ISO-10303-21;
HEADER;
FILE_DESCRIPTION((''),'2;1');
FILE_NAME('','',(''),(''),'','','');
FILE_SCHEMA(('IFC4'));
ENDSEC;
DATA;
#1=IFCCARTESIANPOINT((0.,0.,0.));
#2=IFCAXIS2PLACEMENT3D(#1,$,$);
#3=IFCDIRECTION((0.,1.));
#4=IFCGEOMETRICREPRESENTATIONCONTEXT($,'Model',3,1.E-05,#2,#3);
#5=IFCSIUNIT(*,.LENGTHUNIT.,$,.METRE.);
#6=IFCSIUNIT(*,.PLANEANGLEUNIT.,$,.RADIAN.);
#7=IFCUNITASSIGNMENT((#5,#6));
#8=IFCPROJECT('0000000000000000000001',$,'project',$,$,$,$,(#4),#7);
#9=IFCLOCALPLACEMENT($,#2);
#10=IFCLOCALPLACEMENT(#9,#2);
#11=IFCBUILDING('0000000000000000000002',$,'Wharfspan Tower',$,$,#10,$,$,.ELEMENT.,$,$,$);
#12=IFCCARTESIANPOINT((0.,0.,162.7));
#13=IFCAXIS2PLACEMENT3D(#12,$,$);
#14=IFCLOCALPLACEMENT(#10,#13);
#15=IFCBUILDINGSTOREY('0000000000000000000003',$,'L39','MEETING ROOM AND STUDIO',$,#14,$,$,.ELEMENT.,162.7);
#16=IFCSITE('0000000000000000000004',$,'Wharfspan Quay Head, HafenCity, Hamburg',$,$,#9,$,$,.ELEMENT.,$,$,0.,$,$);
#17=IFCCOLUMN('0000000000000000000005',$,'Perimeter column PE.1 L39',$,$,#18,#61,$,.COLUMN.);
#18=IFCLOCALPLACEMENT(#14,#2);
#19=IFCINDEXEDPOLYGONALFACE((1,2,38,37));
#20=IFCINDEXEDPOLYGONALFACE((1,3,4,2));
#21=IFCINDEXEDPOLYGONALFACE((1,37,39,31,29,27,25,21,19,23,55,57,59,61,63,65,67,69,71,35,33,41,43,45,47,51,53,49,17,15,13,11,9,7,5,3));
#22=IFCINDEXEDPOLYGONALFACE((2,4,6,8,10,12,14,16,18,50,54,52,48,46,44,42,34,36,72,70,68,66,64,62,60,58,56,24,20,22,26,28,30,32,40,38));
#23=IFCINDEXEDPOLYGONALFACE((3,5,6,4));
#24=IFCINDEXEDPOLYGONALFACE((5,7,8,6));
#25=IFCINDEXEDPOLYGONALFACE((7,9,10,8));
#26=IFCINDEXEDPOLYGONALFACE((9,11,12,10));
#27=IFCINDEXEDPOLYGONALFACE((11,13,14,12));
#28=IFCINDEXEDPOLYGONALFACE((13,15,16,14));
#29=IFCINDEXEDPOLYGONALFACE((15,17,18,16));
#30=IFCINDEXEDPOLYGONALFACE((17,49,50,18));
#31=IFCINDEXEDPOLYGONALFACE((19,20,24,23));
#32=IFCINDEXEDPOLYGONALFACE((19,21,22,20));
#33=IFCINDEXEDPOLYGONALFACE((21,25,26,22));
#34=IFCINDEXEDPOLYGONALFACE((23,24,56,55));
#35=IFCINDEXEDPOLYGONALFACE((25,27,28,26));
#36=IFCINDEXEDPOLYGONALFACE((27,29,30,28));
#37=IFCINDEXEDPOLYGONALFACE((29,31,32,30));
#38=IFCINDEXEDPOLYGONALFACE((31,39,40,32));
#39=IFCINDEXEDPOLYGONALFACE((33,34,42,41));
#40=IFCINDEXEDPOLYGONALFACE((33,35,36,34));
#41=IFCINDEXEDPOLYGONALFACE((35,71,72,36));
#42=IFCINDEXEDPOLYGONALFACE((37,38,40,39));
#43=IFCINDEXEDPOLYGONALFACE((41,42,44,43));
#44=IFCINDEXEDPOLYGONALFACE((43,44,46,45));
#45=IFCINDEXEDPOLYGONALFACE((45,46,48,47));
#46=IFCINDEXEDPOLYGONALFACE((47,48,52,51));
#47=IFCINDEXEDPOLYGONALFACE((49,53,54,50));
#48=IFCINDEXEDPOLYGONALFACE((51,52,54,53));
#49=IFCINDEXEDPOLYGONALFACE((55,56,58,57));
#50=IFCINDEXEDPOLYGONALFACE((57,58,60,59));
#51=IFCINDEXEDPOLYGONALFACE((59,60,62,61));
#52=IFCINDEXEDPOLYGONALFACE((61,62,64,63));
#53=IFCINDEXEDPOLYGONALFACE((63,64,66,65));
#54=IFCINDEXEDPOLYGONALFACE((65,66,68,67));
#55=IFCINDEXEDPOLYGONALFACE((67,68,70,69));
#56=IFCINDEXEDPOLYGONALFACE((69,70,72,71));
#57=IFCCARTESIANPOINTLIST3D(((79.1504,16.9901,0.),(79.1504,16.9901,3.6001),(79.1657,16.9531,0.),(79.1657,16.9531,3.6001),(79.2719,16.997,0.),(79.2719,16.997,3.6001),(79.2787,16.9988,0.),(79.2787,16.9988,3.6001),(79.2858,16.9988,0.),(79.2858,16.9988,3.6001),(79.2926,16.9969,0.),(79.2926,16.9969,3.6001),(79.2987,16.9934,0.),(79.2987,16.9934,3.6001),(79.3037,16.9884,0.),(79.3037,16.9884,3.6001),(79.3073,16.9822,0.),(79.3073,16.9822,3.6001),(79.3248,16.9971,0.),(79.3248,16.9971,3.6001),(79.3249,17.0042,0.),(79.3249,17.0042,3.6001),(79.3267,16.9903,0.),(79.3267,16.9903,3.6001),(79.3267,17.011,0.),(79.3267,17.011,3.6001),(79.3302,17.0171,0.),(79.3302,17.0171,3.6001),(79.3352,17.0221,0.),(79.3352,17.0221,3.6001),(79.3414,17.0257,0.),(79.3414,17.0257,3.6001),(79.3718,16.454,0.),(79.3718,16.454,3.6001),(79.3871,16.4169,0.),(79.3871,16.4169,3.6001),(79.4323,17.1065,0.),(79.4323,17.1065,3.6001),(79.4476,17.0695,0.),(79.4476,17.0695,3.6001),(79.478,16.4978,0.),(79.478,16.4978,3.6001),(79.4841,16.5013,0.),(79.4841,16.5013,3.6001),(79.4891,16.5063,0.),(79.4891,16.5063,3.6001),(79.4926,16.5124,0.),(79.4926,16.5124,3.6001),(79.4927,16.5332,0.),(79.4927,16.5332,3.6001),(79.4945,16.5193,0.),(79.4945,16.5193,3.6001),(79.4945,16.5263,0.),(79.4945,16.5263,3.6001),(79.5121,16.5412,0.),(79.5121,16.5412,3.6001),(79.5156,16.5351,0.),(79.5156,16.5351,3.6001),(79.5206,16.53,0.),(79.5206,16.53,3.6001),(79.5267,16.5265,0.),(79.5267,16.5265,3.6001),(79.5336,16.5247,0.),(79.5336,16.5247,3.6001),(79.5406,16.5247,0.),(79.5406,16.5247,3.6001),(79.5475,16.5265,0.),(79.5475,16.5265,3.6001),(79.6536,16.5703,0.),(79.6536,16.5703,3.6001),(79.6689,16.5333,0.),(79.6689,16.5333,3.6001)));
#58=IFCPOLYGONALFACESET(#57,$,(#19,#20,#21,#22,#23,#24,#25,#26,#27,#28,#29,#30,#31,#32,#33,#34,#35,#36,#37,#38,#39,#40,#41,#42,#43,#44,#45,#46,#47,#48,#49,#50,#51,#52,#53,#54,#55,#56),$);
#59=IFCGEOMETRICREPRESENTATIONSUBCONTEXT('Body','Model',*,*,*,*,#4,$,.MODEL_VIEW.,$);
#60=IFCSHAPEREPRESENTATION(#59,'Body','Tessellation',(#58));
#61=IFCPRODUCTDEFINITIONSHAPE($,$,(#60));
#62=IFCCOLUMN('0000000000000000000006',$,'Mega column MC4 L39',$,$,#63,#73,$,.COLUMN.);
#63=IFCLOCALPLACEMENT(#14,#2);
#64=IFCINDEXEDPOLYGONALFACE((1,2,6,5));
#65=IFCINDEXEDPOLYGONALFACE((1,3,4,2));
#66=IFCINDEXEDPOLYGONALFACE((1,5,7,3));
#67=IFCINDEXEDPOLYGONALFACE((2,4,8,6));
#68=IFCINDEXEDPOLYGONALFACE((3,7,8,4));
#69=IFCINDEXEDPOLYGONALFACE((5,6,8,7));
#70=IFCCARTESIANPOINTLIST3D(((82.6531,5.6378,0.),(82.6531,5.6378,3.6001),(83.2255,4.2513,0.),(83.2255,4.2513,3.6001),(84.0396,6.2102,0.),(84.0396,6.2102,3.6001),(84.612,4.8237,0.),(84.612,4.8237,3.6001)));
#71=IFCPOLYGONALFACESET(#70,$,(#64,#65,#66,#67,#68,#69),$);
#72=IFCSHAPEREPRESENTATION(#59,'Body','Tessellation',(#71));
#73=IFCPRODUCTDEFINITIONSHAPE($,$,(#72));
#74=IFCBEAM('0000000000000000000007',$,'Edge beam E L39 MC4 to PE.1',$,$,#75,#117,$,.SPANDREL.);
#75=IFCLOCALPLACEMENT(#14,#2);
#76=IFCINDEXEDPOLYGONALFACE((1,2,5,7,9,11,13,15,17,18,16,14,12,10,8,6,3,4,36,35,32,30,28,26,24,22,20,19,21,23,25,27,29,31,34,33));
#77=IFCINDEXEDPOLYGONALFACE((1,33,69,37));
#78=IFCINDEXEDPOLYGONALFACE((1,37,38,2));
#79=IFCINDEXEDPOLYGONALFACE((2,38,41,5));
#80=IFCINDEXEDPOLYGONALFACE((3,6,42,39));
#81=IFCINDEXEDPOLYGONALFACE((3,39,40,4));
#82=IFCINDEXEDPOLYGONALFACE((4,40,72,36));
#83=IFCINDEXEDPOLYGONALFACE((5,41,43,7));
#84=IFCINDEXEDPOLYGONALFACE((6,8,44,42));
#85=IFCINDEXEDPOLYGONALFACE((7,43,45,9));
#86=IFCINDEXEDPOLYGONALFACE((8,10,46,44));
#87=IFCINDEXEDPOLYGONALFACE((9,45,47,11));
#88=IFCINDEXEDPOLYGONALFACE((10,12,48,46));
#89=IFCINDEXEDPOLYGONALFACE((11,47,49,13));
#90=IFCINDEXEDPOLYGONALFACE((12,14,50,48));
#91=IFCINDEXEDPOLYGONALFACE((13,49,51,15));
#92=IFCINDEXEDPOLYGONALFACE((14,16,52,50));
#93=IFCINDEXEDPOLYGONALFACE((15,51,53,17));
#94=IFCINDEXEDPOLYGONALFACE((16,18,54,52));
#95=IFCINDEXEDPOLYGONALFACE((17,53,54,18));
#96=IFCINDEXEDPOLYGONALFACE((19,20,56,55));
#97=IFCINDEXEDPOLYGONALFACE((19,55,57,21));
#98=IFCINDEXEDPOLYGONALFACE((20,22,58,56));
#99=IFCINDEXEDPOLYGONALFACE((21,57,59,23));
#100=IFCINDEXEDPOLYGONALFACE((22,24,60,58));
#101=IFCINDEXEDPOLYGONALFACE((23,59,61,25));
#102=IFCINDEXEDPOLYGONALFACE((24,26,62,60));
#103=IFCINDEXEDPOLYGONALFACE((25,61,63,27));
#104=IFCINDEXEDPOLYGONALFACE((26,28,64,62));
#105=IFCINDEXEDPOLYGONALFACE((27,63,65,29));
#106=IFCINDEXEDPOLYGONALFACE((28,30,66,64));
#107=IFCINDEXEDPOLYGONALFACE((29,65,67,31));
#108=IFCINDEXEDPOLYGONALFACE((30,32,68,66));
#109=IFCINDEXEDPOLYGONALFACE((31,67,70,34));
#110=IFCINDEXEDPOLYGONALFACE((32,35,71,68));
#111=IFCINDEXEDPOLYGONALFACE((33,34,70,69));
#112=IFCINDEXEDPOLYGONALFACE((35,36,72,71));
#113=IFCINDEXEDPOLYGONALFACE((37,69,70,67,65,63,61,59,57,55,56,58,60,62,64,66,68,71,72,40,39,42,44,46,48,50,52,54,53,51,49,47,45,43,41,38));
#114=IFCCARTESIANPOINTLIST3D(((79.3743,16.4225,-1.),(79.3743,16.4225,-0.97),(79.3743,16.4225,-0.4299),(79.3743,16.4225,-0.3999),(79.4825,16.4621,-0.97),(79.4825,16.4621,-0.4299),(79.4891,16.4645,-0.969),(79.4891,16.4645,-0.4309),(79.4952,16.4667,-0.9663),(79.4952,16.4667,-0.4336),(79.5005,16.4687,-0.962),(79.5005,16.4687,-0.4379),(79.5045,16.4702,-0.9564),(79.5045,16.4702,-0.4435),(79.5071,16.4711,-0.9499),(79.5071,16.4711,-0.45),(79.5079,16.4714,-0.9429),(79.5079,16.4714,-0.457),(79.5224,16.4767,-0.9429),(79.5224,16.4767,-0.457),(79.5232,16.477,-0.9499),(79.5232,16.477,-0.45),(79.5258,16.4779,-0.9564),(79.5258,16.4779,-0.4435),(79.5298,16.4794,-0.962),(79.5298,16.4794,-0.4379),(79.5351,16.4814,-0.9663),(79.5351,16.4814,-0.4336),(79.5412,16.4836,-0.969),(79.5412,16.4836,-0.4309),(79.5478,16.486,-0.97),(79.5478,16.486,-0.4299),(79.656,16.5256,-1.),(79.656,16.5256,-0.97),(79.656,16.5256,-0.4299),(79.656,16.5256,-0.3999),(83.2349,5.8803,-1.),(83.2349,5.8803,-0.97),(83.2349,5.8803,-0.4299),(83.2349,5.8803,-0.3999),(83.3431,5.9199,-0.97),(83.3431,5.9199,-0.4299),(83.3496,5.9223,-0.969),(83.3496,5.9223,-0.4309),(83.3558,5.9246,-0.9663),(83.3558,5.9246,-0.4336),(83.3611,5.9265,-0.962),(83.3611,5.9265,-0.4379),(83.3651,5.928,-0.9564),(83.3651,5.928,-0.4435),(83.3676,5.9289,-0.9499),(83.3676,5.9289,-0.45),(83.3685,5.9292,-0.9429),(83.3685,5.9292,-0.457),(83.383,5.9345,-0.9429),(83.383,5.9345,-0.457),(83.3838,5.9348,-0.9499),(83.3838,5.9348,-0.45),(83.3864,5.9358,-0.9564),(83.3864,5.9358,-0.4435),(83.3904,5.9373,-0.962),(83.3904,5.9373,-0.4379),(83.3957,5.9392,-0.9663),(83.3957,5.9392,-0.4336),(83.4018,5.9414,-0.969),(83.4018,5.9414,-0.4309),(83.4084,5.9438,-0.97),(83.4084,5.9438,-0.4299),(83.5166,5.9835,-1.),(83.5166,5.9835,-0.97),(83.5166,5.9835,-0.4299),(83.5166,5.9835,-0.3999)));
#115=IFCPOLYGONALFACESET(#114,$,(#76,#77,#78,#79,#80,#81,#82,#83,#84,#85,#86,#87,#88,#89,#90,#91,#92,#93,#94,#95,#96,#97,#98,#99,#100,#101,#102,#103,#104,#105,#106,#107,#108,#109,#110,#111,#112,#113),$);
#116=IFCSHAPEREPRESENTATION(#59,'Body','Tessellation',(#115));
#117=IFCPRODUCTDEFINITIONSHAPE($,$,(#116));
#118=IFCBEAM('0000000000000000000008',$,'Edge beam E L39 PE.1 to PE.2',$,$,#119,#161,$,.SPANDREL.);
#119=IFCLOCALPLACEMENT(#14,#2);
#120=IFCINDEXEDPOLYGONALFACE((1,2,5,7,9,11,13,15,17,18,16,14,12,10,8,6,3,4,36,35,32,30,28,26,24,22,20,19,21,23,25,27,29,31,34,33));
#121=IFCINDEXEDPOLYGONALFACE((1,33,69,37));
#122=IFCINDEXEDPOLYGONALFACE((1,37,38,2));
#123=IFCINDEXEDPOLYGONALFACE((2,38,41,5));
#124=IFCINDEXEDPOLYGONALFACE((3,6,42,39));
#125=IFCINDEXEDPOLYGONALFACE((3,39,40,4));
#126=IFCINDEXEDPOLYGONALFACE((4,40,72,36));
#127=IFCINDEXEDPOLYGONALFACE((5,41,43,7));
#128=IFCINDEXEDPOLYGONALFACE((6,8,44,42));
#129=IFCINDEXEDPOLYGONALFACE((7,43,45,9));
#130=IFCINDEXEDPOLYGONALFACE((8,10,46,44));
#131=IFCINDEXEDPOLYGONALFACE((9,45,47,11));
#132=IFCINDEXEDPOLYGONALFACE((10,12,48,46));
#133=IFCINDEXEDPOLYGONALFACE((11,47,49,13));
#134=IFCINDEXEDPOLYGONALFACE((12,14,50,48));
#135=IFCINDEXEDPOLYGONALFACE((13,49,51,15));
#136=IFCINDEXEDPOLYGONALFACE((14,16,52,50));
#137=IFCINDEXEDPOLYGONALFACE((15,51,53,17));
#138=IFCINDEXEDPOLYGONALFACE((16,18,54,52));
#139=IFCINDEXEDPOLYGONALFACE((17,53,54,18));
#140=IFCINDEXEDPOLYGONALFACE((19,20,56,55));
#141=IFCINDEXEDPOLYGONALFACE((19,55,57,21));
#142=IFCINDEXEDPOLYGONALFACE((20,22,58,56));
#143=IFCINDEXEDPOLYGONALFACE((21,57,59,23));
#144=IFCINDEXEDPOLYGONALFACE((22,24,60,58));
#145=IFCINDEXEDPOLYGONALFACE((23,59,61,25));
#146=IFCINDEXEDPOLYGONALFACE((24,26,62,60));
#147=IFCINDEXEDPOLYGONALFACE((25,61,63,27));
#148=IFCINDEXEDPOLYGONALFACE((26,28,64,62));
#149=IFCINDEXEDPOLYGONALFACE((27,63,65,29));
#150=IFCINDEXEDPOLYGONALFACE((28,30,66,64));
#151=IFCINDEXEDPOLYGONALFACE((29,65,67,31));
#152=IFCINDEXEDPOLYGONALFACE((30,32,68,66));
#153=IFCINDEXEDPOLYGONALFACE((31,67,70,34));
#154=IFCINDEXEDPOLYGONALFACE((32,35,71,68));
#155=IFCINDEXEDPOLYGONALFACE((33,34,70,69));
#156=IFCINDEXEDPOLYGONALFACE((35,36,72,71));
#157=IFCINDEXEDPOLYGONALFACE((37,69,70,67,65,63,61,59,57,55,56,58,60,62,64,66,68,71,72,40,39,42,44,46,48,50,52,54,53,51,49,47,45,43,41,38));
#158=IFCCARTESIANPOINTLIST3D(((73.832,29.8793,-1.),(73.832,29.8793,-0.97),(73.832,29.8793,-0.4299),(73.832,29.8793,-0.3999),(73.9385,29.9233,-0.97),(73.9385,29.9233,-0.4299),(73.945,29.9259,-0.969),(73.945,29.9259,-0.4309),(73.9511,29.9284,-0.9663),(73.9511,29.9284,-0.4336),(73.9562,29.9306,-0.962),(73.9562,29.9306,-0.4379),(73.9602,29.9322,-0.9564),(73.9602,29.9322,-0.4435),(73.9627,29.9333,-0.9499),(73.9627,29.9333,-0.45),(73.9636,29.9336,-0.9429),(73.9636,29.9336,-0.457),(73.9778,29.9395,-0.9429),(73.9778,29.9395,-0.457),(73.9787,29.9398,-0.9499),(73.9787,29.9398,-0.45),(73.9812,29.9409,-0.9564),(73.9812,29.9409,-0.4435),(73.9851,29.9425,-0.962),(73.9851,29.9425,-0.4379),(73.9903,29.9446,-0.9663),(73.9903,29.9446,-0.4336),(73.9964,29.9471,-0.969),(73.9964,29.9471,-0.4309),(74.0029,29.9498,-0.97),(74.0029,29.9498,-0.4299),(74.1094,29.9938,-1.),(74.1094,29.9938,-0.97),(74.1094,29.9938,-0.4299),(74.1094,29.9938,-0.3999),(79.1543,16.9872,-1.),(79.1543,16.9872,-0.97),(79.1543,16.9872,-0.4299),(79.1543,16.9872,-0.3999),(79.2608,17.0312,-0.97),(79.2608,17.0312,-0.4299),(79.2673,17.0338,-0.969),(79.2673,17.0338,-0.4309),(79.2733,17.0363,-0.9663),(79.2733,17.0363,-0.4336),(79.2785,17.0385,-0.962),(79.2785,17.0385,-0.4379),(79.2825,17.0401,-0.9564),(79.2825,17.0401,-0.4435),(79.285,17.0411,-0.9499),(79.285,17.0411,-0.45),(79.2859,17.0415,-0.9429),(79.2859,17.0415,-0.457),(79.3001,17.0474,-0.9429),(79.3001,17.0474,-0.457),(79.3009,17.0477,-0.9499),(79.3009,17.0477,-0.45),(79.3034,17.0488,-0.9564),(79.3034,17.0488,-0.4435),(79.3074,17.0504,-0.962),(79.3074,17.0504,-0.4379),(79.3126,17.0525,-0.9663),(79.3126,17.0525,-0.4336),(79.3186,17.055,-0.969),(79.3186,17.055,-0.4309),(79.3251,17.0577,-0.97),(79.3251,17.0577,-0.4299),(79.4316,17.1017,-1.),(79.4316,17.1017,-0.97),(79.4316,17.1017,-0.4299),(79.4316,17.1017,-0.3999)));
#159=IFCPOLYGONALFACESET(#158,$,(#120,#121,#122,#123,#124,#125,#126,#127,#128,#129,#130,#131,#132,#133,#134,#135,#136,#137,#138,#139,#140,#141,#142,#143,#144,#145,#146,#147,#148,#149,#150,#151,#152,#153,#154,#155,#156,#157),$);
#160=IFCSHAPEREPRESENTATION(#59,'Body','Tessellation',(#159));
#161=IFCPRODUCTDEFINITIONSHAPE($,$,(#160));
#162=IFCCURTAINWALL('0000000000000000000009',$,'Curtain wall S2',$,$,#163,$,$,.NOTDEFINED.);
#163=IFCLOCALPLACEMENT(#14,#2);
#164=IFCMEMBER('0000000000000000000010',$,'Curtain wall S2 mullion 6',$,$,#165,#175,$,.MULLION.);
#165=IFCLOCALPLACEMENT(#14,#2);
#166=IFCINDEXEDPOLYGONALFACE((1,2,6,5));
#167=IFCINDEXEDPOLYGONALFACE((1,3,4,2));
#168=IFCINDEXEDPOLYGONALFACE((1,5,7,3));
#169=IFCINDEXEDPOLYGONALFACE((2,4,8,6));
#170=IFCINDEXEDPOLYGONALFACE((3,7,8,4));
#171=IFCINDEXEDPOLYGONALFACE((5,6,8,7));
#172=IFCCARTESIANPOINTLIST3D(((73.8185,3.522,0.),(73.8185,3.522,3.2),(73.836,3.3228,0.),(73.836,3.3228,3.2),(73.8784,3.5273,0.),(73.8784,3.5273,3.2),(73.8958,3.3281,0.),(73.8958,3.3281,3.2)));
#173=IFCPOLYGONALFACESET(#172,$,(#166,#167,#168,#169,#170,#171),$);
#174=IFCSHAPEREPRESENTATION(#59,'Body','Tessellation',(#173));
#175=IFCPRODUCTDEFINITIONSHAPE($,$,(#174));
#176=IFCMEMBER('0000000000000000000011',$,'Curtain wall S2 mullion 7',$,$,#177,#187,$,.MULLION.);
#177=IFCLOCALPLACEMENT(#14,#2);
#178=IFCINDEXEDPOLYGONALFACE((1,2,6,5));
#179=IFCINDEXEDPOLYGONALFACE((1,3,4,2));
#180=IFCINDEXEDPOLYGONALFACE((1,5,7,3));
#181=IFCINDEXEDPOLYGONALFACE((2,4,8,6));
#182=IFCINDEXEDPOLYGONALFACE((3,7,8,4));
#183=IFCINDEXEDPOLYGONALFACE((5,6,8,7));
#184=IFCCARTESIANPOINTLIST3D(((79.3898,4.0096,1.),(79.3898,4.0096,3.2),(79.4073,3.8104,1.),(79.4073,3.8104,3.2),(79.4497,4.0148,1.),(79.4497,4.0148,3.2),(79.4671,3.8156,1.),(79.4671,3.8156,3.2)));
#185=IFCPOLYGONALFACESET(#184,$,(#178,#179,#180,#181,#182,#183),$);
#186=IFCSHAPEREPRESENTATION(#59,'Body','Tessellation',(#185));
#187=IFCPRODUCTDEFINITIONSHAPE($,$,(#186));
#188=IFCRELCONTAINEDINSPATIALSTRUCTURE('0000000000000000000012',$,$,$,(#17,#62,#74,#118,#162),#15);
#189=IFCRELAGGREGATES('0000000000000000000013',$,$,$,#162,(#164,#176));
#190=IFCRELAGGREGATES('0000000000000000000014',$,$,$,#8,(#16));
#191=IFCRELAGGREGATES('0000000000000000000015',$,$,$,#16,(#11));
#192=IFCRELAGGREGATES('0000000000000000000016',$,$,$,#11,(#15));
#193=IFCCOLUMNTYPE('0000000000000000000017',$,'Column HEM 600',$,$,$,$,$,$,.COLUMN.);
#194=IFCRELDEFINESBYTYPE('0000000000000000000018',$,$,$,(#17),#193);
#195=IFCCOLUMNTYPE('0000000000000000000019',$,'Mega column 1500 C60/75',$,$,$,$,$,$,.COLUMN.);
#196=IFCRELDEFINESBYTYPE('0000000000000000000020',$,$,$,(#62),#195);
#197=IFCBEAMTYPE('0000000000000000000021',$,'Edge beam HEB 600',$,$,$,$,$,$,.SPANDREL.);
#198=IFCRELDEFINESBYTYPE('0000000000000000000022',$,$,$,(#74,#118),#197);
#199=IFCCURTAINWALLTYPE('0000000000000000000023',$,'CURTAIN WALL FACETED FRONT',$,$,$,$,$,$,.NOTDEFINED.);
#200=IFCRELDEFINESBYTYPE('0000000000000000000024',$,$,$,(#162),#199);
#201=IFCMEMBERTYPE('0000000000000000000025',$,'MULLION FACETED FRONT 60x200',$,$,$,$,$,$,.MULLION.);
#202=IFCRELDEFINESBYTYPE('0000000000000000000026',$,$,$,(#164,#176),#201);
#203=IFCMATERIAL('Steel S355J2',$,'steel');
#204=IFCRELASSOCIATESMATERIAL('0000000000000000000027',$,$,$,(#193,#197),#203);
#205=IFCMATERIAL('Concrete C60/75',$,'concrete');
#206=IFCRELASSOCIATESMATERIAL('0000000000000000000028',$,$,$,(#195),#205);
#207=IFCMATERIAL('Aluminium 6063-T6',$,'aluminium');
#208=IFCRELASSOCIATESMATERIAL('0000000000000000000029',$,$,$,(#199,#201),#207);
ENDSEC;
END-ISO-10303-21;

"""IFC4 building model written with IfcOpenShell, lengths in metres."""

from ifc_helpers import new_model, si_unit, direction, frame, origin, origin_2d, place, context, subcontext, project, spatial, rectangle, i_section, extrude, material, material_profile, profile_set, type_object, element, aggregate, save


model = new_model("IFC4")

# Units and contexts
model_context = context("Model", 3, precision=1e-05, world=origin(), true_north=direction((0.0, 1.0)))
body_context = subcontext(model_context, "Body", "Model", "MODEL_VIEW")
ifc_project = project(units=[si_unit("LENGTHUNIT", "METRE"), si_unit("PLANEANGLEUNIT", "RADIAN")], contexts=[model_context])

# Site, building, storey
site_placement = place(None, origin())
site = spatial("IfcSite", under=ifc_project, at=site_placement, Name="Wharfspan Quay Head, HafenCity, Hamburg", CompositionType="ELEMENT", RefElevation=0.0)
building_placement = place(site_placement, origin())
building = spatial("IfcBuilding", under=site, at=building_placement, Name="Wharfspan Tower", CompositionType="ELEMENT")
storey_placement = place(building_placement, frame((0.0, 0.0, 162.7)))
storey = spatial("IfcBuildingStorey", under=building, at=storey_placement, Name="L39", Description="MEETING ROOM AND STUDIO", CompositionType="ELEMENT", Elevation=162.7)

# Columns
ifc_material_1 = material(Name="Steel S355J2", Category="steel")
ifc_material_profile_1 = material_profile(ifc_material_1, i_section(OverallWidth=0.3049, OverallDepth=0.6201, WebThickness=0.021, FlangeThickness=0.04, FilletRadius=0.0271, at=origin_2d()))
ifc_profile_set_1 = profile_set([ifc_material_profile_1], Name="Steel S355J2")
column_type_1 = type_object("IfcColumnType", Name="Column HEM 600", PredefinedType="COLUMN", material=ifc_profile_set_1)
column_1_placement = place(storey_placement, frame((79.4097, 16.7617, 0.0), z_axis=(0.0, 0.0, 1.0), x_axis=(0.924325, 0.381602, 0.0)))
element("IfcColumn", 1, at=column_1_placement, inside=storey, type_object=column_type_1, Name="Perimeter column PE.1 L39", PredefinedType="COLUMN", context=body_context, shape_type="SweptSolid", body=[
    extrude(i_section(OverallWidth=0.3049, OverallDepth=0.6201, WebThickness=0.021, FlangeThickness=0.04, FilletRadius=0.0271, at=origin_2d()), origin(), (0.0, 0.0, 1.0), 3.6001),
])
ifc_material_2 = material(Name="Concrete C60/75", Category="concrete")
ifc_material_profile_2 = material_profile(ifc_material_2, rectangle(XDim=1.5, YDim=1.5, at=origin_2d()))
ifc_profile_set_2 = profile_set([ifc_material_profile_2], Name="Concrete C60/75")
column_type_2 = type_object("IfcColumnType", Name="Mega column 1500 C60/75", PredefinedType="COLUMN", material=ifc_profile_set_2)
column_2_placement = place(storey_placement, frame((83.6326, 5.2307, 0.0), z_axis=(0.0, 0.0, 1.0), x_axis=(-0.381602, 0.924325, 0.0)))
element("IfcColumn", 2, at=column_2_placement, inside=storey, type_object=column_type_2, Name="Mega column MC4 L39", PredefinedType="COLUMN", context=body_context, shape_type="SweptSolid", body=[
    extrude(rectangle(XDim=1.5, YDim=1.5, at=origin_2d()), origin(), (0.0, 0.0, 1.0), 3.6001),
])

# Beams
ifc_material_profile_3 = material_profile(ifc_material_1, i_section(OverallWidth=0.3, OverallDepth=0.6001, WebThickness=0.0154, FlangeThickness=0.03, FilletRadius=0.0271, at=origin_2d()))
ifc_profile_set_3 = profile_set([ifc_material_profile_3], Name="Steel S355J2")
beam_type = type_object("IfcBeamType", Name="Edge beam HEB 600", PredefinedType="SPANDREL", material=ifc_profile_set_3)
beam_1_placement = place(storey_placement, frame((83.3757, 5.9319, -0.7), z_axis=(-0.343871, 0.939017, 0.0), x_axis=(-0.939017, -0.343871, 0.0)))
element("IfcBeam", 3, at=beam_1_placement, inside=storey, type_object=beam_type, Name="Edge beam E L39 MC4 to PE.1", PredefinedType="SPANDREL", context=body_context, shape_type="SweptSolid", body=[
    extrude(i_section(OverallWidth=0.3, OverallDepth=0.6001, WebThickness=0.0154, FlangeThickness=0.03, FilletRadius=0.0271, at=origin_2d()), origin(), (0.0, 0.0, 1.0), 11.2268),
])
beam_2_placement = place(storey_placement, frame((79.293, 17.0444, -0.7), z_axis=(-0.381593, 0.92433, 0.0), x_axis=(-0.92433, -0.381593, 0.0)))
element("IfcBeam", 4, at=beam_2_placement, inside=storey, type_object=beam_type, Name="Edge beam E L39 PE.1 to PE.2", PredefinedType="SPANDREL", context=body_context, shape_type="SweptSolid", body=[
    extrude(i_section(OverallWidth=0.3, OverallDepth=0.6001, WebThickness=0.0154, FlangeThickness=0.03, FilletRadius=0.0271, at=origin_2d()), origin(), (0.0, 0.0, 1.0), 13.9475),
])

# Curtain wall, members
ifc_material_3 = material(Name="Aluminium 6063-T6", Category="aluminium")
curtain_wall_type_1 = type_object("IfcCurtainWallType", Name="CURTAIN WALL FACETED FRONT", PredefinedType="NOTDEFINED", material=ifc_material_3)
curtain_wall_1_placement = place(storey_placement, origin())
curtain_wall_1 = element("IfcCurtainWall", 5, at=curtain_wall_1_placement, inside=storey, type_object=curtain_wall_type_1, Name="Curtain wall S2", PredefinedType="NOTDEFINED")
ifc_material_profile_4 = material_profile(ifc_material_3, rectangle(XDim=0.2, YDim=0.0601, at=origin_2d()))
ifc_profile_set_4 = profile_set([ifc_material_profile_4], Name="Aluminium 6063-T6")
member_type_1 = type_object("IfcMemberType", Name="MULLION FACETED FRONT 60x200", PredefinedType="MULLION", material=ifc_profile_set_4)
member_1_placement = place(storey_placement, frame((73.8572, 3.425, 0.0), z_axis=(0.0, 0.0, 1.0), x_axis=(-0.087156, 0.996198, 0.0)))
member_1 = element("IfcMember", 6, at=member_1_placement, type_object=member_type_1, Name="Curtain wall S2 mullion 6", PredefinedType="MULLION", context=body_context, shape_type="SweptSolid", body=[
    extrude(rectangle(XDim=0.2, YDim=0.0601, at=origin_2d()), origin(), (0.0, 0.0, 1.0), 3.2),
])
member_2_placement = place(storey_placement, frame((79.4285, 3.9126, 1.0), z_axis=(0.0, 0.0, 1.0), x_axis=(-0.087156, 0.996198, 0.0)))
member_2 = element("IfcMember", 7, at=member_2_placement, type_object=member_type_1, Name="Curtain wall S2 mullion 7", PredefinedType="MULLION", context=body_context, shape_type="SweptSolid", body=[
    extrude(rectangle(XDim=0.2, YDim=0.0601, at=origin_2d()), origin(), (0.0, 0.0, 1.0), 2.2),
])

aggregate(curtain_wall_1, [member_1, member_2])

save(model, "model.ifc")
